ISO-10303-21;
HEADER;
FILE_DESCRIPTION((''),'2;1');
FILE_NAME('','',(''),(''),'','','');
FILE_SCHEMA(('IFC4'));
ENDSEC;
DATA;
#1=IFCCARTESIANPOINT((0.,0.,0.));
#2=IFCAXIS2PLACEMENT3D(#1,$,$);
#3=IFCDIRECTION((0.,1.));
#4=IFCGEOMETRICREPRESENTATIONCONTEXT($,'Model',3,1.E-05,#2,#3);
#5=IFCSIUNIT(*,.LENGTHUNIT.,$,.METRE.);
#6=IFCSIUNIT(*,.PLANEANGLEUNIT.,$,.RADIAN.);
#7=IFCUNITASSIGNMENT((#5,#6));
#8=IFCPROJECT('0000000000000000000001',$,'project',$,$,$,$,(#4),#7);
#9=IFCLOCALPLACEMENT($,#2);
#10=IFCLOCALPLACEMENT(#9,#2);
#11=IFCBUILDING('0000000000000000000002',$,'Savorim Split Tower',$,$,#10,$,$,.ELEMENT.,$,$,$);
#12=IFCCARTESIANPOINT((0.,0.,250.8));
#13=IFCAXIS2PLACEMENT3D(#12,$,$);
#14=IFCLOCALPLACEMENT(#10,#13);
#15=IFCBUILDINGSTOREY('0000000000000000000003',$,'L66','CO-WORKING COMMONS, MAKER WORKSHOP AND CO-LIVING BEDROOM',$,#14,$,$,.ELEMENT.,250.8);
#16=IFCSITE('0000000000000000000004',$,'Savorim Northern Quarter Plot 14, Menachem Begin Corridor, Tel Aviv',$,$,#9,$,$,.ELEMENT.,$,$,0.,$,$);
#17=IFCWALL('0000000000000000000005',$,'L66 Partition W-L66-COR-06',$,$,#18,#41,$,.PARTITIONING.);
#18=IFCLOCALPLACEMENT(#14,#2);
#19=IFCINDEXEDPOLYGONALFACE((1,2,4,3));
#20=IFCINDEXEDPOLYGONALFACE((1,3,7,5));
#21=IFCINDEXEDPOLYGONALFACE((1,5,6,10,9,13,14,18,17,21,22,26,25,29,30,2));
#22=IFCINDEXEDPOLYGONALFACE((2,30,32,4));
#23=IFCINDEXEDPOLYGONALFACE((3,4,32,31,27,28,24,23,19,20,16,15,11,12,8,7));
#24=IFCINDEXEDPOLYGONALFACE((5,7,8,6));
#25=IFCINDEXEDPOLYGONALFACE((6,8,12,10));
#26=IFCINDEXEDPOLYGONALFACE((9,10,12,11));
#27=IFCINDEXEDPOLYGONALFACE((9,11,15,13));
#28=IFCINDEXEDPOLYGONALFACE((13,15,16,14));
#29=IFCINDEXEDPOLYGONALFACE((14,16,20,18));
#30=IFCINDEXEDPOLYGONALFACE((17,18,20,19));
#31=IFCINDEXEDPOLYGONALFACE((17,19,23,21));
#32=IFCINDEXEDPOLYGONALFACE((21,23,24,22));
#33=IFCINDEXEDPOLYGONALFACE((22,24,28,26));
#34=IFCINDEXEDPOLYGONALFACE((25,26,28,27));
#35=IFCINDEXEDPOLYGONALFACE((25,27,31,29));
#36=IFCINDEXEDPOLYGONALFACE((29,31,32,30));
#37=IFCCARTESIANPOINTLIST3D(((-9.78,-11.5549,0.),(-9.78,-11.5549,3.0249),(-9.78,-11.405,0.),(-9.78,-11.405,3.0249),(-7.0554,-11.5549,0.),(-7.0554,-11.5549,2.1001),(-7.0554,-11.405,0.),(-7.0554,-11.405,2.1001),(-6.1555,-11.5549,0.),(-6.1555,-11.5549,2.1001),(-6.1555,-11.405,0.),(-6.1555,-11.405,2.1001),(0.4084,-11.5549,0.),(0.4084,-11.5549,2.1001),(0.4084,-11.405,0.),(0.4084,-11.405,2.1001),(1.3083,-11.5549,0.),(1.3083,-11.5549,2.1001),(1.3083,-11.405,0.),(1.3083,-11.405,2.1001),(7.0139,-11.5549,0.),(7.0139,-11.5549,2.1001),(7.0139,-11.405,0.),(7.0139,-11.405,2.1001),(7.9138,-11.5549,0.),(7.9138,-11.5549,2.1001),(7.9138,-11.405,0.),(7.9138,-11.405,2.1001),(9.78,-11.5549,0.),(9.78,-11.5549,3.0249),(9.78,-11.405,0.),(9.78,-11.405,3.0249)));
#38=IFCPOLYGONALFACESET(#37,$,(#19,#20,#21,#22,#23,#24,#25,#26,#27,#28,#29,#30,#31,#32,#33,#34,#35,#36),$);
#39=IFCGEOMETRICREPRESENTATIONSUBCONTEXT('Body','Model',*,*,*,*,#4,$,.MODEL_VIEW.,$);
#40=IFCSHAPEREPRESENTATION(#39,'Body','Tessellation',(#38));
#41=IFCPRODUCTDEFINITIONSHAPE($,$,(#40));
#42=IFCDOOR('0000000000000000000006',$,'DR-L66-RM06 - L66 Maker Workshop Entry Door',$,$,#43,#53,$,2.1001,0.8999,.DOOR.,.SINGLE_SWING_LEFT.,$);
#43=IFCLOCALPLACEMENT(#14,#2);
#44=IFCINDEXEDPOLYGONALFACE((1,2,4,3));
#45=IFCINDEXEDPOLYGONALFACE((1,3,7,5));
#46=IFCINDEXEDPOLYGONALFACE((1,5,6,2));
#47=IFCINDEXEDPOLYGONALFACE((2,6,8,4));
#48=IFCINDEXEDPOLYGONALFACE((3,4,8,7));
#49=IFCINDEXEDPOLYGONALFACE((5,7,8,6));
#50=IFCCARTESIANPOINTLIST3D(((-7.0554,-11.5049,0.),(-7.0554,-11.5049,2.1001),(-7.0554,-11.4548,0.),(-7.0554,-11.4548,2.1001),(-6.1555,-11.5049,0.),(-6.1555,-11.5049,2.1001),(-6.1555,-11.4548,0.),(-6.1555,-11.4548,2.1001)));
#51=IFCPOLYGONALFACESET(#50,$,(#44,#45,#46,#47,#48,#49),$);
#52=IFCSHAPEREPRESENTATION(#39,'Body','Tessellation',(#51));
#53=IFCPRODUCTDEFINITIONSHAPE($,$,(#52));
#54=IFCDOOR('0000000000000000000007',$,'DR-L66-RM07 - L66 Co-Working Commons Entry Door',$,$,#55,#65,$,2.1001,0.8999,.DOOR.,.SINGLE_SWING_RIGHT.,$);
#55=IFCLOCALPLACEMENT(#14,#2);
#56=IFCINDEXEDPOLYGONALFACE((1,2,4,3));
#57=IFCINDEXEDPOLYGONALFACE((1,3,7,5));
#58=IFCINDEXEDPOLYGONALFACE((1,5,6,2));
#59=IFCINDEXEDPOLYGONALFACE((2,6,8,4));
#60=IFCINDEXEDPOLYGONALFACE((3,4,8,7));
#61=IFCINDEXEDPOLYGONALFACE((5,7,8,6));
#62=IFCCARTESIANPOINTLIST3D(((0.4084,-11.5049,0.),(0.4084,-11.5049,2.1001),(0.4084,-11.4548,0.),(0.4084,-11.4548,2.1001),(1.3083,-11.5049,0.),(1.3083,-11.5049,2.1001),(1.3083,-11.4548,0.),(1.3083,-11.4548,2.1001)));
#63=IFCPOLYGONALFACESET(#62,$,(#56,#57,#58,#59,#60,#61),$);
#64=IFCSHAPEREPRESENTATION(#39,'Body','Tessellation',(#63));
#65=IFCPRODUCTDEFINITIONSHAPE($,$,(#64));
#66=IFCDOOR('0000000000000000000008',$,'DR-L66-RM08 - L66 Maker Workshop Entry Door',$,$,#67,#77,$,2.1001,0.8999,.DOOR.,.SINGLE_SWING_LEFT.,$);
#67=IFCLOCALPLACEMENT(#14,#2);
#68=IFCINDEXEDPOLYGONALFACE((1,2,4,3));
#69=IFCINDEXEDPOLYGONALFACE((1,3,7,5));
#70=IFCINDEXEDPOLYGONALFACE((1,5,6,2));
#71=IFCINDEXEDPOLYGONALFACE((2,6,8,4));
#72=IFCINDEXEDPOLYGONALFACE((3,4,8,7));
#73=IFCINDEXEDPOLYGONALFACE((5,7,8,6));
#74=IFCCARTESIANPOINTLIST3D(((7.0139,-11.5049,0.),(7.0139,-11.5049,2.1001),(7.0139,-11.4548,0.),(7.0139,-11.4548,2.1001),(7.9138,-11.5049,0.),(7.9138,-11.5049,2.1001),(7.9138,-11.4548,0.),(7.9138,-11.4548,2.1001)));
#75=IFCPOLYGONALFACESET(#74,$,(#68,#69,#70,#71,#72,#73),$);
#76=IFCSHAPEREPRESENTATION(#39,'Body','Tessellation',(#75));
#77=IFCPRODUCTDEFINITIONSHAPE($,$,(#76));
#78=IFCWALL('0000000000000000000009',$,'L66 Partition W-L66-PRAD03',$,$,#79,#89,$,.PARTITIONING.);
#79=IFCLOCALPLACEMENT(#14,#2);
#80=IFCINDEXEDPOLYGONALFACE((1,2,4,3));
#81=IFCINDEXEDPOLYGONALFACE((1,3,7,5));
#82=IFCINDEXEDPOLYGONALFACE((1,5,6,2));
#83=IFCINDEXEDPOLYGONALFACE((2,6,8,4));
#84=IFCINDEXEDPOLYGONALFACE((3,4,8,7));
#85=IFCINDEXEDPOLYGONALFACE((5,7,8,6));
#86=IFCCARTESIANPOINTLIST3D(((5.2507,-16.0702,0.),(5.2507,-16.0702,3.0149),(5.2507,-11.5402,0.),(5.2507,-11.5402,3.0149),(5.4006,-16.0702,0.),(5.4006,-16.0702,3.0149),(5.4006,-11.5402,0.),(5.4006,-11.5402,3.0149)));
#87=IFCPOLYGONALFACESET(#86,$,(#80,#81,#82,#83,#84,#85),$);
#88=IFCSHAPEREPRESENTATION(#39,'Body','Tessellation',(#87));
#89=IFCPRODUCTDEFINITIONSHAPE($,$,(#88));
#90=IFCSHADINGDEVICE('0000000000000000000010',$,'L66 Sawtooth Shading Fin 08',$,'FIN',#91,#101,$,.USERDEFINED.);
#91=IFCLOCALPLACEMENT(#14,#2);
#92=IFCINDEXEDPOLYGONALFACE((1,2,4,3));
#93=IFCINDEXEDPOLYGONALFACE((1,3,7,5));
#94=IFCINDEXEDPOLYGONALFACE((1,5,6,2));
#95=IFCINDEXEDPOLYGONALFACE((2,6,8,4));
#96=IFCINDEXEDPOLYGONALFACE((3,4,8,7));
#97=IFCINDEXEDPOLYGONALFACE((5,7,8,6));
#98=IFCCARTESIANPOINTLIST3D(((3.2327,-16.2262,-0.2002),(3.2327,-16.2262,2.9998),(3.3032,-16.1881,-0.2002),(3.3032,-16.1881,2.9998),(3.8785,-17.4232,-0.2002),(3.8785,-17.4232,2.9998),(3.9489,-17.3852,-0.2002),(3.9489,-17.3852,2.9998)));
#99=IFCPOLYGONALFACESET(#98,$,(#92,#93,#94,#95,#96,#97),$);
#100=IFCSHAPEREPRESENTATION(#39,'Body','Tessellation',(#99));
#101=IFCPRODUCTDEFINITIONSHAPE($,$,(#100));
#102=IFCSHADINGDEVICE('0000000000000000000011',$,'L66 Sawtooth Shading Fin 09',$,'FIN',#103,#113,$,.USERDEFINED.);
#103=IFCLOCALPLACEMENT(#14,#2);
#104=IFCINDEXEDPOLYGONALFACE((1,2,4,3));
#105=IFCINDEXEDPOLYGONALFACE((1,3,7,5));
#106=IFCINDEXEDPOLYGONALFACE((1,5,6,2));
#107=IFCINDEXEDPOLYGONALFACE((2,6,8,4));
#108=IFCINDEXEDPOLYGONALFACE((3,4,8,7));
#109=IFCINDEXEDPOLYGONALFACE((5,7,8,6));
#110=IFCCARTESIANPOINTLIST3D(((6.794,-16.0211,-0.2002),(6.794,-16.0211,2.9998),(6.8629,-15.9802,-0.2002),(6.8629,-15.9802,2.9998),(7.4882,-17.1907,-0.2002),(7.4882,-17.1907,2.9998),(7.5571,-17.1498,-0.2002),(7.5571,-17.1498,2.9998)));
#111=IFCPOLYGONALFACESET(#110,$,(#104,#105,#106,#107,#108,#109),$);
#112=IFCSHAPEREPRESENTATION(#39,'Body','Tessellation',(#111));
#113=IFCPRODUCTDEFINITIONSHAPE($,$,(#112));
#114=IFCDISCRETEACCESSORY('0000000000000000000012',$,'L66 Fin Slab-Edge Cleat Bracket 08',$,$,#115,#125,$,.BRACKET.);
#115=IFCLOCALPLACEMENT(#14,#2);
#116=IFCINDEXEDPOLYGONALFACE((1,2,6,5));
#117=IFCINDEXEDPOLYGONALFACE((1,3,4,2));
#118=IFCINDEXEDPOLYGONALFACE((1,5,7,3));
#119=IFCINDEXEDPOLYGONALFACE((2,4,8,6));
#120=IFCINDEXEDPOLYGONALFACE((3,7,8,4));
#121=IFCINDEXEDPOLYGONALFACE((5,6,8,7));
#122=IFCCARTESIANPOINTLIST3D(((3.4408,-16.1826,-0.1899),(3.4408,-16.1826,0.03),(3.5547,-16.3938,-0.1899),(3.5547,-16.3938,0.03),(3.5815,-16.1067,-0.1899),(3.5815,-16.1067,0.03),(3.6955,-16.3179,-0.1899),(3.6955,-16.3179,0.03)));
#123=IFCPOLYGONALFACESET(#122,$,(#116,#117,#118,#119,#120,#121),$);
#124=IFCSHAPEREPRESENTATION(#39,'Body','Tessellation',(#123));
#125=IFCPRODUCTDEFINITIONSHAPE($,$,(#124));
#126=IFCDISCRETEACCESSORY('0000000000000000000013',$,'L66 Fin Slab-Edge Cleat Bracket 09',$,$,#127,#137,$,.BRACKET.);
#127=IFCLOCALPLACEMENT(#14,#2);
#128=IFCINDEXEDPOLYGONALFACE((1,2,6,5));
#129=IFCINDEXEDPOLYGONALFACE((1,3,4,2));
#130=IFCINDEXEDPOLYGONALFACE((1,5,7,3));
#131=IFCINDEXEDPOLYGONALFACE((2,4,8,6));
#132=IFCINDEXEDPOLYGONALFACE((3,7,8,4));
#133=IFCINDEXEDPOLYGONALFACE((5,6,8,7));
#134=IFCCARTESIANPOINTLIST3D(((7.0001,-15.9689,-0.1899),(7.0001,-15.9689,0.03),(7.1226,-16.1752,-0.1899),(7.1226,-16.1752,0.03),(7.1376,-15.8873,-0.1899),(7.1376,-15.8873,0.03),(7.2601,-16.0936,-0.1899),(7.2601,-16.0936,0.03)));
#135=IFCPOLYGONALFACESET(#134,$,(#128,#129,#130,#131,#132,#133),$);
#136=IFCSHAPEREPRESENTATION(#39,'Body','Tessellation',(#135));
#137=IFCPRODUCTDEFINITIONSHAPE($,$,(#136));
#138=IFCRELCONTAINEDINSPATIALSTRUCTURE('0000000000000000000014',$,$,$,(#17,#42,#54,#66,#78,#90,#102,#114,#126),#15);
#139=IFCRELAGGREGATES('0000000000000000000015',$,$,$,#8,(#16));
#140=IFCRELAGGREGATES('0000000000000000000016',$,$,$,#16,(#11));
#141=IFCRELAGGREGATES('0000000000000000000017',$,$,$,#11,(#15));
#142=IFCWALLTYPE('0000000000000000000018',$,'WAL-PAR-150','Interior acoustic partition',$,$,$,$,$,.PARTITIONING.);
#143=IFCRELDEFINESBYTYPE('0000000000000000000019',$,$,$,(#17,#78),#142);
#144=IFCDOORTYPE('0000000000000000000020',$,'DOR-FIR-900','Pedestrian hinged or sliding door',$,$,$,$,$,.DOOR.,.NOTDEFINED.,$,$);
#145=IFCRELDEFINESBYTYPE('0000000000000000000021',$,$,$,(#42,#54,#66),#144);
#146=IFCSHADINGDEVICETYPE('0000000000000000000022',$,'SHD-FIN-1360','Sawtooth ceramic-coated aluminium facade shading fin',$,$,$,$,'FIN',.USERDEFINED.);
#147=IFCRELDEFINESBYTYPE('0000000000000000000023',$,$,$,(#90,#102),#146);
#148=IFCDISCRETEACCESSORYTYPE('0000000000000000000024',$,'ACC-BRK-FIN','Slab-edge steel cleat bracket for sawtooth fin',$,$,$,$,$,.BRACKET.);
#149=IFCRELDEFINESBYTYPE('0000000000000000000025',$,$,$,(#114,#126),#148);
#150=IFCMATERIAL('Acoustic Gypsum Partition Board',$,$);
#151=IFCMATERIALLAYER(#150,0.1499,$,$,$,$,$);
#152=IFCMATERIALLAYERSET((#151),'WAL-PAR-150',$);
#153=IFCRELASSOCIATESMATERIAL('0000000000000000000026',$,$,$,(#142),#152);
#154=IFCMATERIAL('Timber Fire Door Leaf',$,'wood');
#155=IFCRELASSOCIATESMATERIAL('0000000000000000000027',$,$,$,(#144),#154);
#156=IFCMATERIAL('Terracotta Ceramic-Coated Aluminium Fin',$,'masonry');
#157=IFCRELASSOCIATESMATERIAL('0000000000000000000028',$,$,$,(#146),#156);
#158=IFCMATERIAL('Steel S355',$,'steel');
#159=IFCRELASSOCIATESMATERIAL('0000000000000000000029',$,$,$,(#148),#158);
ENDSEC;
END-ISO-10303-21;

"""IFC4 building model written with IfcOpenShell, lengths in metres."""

from ifc_helpers import new_model, si_unit, direction, frame, frame_2d, origin, origin_2d, place, context, subcontext, project, spatial, rectangle, extrude, material, layer, layer_set, type_object, element, fill, save


model = new_model("IFC4")

# Units and contexts
model_context = context("Model", 3, precision=1e-05, world=origin(), true_north=direction((0.0, 1.0)))
body_context = subcontext(model_context, "Body", "Model", "MODEL_VIEW")
ifc_project = project(units=[si_unit("LENGTHUNIT", "METRE"), si_unit("PLANEANGLEUNIT", "RADIAN")], contexts=[model_context])

# Site, building, storey
site_placement = place(None, origin())
site = spatial("IfcSite", under=ifc_project, at=site_placement, Name="Savorim Northern Quarter Plot 14, Menachem Begin Corridor, Tel Aviv", CompositionType="ELEMENT", RefElevation=0.0)
building_placement = place(site_placement, origin())
building = spatial("IfcBuilding", under=site, at=building_placement, Name="Savorim Split Tower", CompositionType="ELEMENT")
storey_placement = place(building_placement, frame((0.0, 0.0, 250.8)))
storey = spatial("IfcBuildingStorey", under=building, at=storey_placement, Name="L66", Description="CO-WORKING COMMONS, MAKER WORKSHOP AND CO-LIVING BEDROOM", CompositionType="ELEMENT", Elevation=250.8)

# Shared definitions
ifc_material_1 = material(Name="Steel S355", Category="steel")

# Wall, openings, doors
ifc_material_2 = material(Name="Acoustic Gypsum Partition Board")
ifc_layer_1 = layer(ifc_material_2, 0.1499)
ifc_layer_set_1 = layer_set([ifc_layer_1], Name="WAL-PAR-150")
wall_type = type_object("IfcWallType", Name="WAL-PAR-150", Description="Interior acoustic partition", PredefinedType="PARTITIONING", material=ifc_layer_set_1)
wall_1_placement = place(storey_placement, frame((9.78, -11.48, 0.0), z_axis=(0.0, 0.0, 1.0), x_axis=(-1.0, 0.0, 0.0)))
wall_1 = element("IfcWall", 1, at=wall_1_placement, inside=storey, type_object=wall_type, Name="L66 Partition W-L66-COR-06", PredefinedType="PARTITIONING", context=body_context, shape_type="SweptSolid", body=[
    extrude(rectangle(XDim=19.5601, YDim=0.1499, at=frame_2d((9.78, 0.0))), origin(), (0.0, 0.0, 1.0), 3.0249),
])
opening_1_placement = place(wall_1_placement, frame((15.9355, 0.0, 0.0)))
opening_1 = element("IfcOpeningElement", 2, at=opening_1_placement, cuts=wall_1, PredefinedType="OPENING", context=body_context, shape_type="SweptSolid", body=[
    extrude(rectangle(XDim=0.8999, YDim=2.1001, at=frame_2d((0.45, 1.05))), frame((0.0, 0.085, 0.0), z_axis=(0.0, -1.0, 0.0), x_axis=(1.0, 0.0, 0.0)), (0.0, 0.0, 1.0), 0.1699),
])
opening_2_placement = place(wall_1_placement, frame((8.4717, 0.0, 0.0)))
opening_2 = element("IfcOpeningElement", 3, at=opening_2_placement, cuts=wall_1, PredefinedType="OPENING", context=body_context, shape_type="SweptSolid", body=[
    extrude(rectangle(XDim=0.8999, YDim=2.1001, at=frame_2d((0.45, 1.05))), frame((0.0, 0.085, 0.0), z_axis=(0.0, -1.0, 0.0), x_axis=(1.0, 0.0, 0.0)), (0.0, 0.0, 1.0), 0.1699),
])
opening_3_placement = place(wall_1_placement, frame((1.8662, 0.0, 0.0)))
opening_3 = element("IfcOpeningElement", 4, at=opening_3_placement, cuts=wall_1, PredefinedType="OPENING", context=body_context, shape_type="SweptSolid", body=[
    extrude(rectangle(XDim=0.8999, YDim=2.1001, at=frame_2d((0.45, 1.05))), frame((0.0, 0.085, 0.0), z_axis=(0.0, -1.0, 0.0), x_axis=(1.0, 0.0, 0.0)), (0.0, 0.0, 1.0), 0.1699),
])
ifc_material_3 = material(Name="Timber Fire Door Leaf", Category="wood")
door_type = type_object("IfcDoorType", Name="DOR-FIR-900", Description="Pedestrian hinged or sliding door", OperationType="NOTDEFINED", PredefinedType="DOOR", material=ifc_material_3)
door_1_placement = place(opening_1_placement, origin())
door_1 = element("IfcDoor", 5, at=door_1_placement, inside=storey, type_object=door_type, Name="DR-L66-RM06 - L66 Maker Workshop Entry Door", OperationType="SINGLE_SWING_LEFT", OverallHeight=2.1001, OverallWidth=0.8999, PredefinedType="DOOR", context=body_context, shape_type="SweptSolid", body=[
    extrude(rectangle(XDim=0.8999, YDim=2.1001, at=frame_2d((0.45, 1.05))), frame((0.0, 0.0249, 0.0), z_axis=(0.0, -1.0, 0.0), x_axis=(1.0, 0.0, 0.0)), (0.0, 0.0, 1.0), 0.05),
])
fill(opening_1, door_1)
door_2_placement = place(opening_2_placement, origin())
door_2 = element("IfcDoor", 6, at=door_2_placement, inside=storey, type_object=door_type, Name="DR-L66-RM07 - L66 Co-Working Commons Entry Door", OperationType="SINGLE_SWING_RIGHT", OverallHeight=2.1001, OverallWidth=0.8999, PredefinedType="DOOR", context=body_context, shape_type="SweptSolid", body=[
    extrude(rectangle(XDim=0.8999, YDim=2.1001, at=frame_2d((0.45, 1.05))), frame((0.0, 0.0249, 0.0), z_axis=(0.0, -1.0, 0.0), x_axis=(1.0, 0.0, 0.0)), (0.0, 0.0, 1.0), 0.05),
])
fill(opening_2, door_2)
door_3_placement = place(opening_3_placement, origin())
door_3 = element("IfcDoor", 7, at=door_3_placement, inside=storey, type_object=door_type, Name="DR-L66-RM08 - L66 Maker Workshop Entry Door", OperationType="SINGLE_SWING_LEFT", OverallHeight=2.1001, OverallWidth=0.8999, PredefinedType="DOOR", context=body_context, shape_type="SweptSolid", body=[
    extrude(rectangle(XDim=0.8999, YDim=2.1001, at=frame_2d((0.45, 1.05))), frame((0.0, 0.0249, 0.0), z_axis=(0.0, -1.0, 0.0), x_axis=(1.0, 0.0, 0.0)), (0.0, 0.0, 1.0), 0.05),
])
fill(opening_3, door_3)

# Wall
wall_2_placement = place(storey_placement, frame((5.3257, -11.54, 0.0), z_axis=(0.0, 0.0, 1.0), x_axis=(0.0, -1.0, 0.0)))
element("IfcWall", 8, at=wall_2_placement, inside=storey, type_object=wall_type, Name="L66 Partition W-L66-PRAD03", PredefinedType="PARTITIONING", context=body_context, shape_type="SweptSolid", body=[
    extrude(rectangle(XDim=4.53, YDim=0.1499, at=frame_2d((2.2651, 0.0))), origin(), (0.0, 0.0, 1.0), 3.0149),
])

# Shading devices
ifc_material_4 = material(Name="Terracotta Ceramic-Coated Aluminium Fin", Category="masonry")
shading_device_type = type_object("IfcShadingDeviceType", Name="SHD-FIN-1360", Description="Sawtooth ceramic-coated aluminium facade shading fin", ElementType="FIN", PredefinedType="USERDEFINED", material=ifc_material_4)
for number, where, z_axis, x_axis, name in (
    (9, (3.5908, -16.8057, -0.2002), (0.0, 0.0, 1.0), (0.474778, -0.880106, 0.0), "L66 Sawtooth Shading Fin 08"),
    (10, (7.1755, -16.5854, -0.2002), (0.0, 0.0, 1.0), (0.510391, -0.859942, 0.0), "L66 Sawtooth Shading Fin 09"),
):
    element("IfcShadingDevice", number, at=place(storey_placement, frame(where, z_axis=z_axis, x_axis=x_axis)), inside=storey, type_object=shading_device_type, Name=name, ObjectType="FIN", PredefinedType="USERDEFINED", context=body_context, shape_type="SweptSolid", body=[
        extrude(rectangle(XDim=1.3601, YDim=0.0801, at=origin_2d()), origin(), (0.0, 0.0, 1.0), 3.2),
    ])

# Discrete accessories
discrete_accessory_type = type_object("IfcDiscreteAccessoryType", Name="ACC-BRK-FIN", Description="Slab-edge steel cleat bracket for sawtooth fin", PredefinedType="BRACKET", material=ifc_material_1)
for number, where, z_axis, x_axis, name in (
    (11, (3.5681, -16.2502, -0.1899), (0.0, 0.0, 1.0), (0.474778, -0.880106, 0.0), "L66 Fin Slab-Edge Cleat Bracket 08"),
    (12, (7.1301, -16.0312, -0.1899), (0.0, 0.0, 1.0), (0.510391, -0.859942, 0.0), "L66 Fin Slab-Edge Cleat Bracket 09"),
):
    element("IfcDiscreteAccessory", number, at=place(storey_placement, frame(where, z_axis=z_axis, x_axis=x_axis)), inside=storey, type_object=discrete_accessory_type, Name=name, PredefinedType="BRACKET", context=body_context, shape_type="SweptSolid", body=[
        extrude(rectangle(XDim=0.24, YDim=0.1599, at=origin_2d()), origin(), (0.0, 0.0, 1.0), 0.22),
    ])

save(model, "model.ifc")
